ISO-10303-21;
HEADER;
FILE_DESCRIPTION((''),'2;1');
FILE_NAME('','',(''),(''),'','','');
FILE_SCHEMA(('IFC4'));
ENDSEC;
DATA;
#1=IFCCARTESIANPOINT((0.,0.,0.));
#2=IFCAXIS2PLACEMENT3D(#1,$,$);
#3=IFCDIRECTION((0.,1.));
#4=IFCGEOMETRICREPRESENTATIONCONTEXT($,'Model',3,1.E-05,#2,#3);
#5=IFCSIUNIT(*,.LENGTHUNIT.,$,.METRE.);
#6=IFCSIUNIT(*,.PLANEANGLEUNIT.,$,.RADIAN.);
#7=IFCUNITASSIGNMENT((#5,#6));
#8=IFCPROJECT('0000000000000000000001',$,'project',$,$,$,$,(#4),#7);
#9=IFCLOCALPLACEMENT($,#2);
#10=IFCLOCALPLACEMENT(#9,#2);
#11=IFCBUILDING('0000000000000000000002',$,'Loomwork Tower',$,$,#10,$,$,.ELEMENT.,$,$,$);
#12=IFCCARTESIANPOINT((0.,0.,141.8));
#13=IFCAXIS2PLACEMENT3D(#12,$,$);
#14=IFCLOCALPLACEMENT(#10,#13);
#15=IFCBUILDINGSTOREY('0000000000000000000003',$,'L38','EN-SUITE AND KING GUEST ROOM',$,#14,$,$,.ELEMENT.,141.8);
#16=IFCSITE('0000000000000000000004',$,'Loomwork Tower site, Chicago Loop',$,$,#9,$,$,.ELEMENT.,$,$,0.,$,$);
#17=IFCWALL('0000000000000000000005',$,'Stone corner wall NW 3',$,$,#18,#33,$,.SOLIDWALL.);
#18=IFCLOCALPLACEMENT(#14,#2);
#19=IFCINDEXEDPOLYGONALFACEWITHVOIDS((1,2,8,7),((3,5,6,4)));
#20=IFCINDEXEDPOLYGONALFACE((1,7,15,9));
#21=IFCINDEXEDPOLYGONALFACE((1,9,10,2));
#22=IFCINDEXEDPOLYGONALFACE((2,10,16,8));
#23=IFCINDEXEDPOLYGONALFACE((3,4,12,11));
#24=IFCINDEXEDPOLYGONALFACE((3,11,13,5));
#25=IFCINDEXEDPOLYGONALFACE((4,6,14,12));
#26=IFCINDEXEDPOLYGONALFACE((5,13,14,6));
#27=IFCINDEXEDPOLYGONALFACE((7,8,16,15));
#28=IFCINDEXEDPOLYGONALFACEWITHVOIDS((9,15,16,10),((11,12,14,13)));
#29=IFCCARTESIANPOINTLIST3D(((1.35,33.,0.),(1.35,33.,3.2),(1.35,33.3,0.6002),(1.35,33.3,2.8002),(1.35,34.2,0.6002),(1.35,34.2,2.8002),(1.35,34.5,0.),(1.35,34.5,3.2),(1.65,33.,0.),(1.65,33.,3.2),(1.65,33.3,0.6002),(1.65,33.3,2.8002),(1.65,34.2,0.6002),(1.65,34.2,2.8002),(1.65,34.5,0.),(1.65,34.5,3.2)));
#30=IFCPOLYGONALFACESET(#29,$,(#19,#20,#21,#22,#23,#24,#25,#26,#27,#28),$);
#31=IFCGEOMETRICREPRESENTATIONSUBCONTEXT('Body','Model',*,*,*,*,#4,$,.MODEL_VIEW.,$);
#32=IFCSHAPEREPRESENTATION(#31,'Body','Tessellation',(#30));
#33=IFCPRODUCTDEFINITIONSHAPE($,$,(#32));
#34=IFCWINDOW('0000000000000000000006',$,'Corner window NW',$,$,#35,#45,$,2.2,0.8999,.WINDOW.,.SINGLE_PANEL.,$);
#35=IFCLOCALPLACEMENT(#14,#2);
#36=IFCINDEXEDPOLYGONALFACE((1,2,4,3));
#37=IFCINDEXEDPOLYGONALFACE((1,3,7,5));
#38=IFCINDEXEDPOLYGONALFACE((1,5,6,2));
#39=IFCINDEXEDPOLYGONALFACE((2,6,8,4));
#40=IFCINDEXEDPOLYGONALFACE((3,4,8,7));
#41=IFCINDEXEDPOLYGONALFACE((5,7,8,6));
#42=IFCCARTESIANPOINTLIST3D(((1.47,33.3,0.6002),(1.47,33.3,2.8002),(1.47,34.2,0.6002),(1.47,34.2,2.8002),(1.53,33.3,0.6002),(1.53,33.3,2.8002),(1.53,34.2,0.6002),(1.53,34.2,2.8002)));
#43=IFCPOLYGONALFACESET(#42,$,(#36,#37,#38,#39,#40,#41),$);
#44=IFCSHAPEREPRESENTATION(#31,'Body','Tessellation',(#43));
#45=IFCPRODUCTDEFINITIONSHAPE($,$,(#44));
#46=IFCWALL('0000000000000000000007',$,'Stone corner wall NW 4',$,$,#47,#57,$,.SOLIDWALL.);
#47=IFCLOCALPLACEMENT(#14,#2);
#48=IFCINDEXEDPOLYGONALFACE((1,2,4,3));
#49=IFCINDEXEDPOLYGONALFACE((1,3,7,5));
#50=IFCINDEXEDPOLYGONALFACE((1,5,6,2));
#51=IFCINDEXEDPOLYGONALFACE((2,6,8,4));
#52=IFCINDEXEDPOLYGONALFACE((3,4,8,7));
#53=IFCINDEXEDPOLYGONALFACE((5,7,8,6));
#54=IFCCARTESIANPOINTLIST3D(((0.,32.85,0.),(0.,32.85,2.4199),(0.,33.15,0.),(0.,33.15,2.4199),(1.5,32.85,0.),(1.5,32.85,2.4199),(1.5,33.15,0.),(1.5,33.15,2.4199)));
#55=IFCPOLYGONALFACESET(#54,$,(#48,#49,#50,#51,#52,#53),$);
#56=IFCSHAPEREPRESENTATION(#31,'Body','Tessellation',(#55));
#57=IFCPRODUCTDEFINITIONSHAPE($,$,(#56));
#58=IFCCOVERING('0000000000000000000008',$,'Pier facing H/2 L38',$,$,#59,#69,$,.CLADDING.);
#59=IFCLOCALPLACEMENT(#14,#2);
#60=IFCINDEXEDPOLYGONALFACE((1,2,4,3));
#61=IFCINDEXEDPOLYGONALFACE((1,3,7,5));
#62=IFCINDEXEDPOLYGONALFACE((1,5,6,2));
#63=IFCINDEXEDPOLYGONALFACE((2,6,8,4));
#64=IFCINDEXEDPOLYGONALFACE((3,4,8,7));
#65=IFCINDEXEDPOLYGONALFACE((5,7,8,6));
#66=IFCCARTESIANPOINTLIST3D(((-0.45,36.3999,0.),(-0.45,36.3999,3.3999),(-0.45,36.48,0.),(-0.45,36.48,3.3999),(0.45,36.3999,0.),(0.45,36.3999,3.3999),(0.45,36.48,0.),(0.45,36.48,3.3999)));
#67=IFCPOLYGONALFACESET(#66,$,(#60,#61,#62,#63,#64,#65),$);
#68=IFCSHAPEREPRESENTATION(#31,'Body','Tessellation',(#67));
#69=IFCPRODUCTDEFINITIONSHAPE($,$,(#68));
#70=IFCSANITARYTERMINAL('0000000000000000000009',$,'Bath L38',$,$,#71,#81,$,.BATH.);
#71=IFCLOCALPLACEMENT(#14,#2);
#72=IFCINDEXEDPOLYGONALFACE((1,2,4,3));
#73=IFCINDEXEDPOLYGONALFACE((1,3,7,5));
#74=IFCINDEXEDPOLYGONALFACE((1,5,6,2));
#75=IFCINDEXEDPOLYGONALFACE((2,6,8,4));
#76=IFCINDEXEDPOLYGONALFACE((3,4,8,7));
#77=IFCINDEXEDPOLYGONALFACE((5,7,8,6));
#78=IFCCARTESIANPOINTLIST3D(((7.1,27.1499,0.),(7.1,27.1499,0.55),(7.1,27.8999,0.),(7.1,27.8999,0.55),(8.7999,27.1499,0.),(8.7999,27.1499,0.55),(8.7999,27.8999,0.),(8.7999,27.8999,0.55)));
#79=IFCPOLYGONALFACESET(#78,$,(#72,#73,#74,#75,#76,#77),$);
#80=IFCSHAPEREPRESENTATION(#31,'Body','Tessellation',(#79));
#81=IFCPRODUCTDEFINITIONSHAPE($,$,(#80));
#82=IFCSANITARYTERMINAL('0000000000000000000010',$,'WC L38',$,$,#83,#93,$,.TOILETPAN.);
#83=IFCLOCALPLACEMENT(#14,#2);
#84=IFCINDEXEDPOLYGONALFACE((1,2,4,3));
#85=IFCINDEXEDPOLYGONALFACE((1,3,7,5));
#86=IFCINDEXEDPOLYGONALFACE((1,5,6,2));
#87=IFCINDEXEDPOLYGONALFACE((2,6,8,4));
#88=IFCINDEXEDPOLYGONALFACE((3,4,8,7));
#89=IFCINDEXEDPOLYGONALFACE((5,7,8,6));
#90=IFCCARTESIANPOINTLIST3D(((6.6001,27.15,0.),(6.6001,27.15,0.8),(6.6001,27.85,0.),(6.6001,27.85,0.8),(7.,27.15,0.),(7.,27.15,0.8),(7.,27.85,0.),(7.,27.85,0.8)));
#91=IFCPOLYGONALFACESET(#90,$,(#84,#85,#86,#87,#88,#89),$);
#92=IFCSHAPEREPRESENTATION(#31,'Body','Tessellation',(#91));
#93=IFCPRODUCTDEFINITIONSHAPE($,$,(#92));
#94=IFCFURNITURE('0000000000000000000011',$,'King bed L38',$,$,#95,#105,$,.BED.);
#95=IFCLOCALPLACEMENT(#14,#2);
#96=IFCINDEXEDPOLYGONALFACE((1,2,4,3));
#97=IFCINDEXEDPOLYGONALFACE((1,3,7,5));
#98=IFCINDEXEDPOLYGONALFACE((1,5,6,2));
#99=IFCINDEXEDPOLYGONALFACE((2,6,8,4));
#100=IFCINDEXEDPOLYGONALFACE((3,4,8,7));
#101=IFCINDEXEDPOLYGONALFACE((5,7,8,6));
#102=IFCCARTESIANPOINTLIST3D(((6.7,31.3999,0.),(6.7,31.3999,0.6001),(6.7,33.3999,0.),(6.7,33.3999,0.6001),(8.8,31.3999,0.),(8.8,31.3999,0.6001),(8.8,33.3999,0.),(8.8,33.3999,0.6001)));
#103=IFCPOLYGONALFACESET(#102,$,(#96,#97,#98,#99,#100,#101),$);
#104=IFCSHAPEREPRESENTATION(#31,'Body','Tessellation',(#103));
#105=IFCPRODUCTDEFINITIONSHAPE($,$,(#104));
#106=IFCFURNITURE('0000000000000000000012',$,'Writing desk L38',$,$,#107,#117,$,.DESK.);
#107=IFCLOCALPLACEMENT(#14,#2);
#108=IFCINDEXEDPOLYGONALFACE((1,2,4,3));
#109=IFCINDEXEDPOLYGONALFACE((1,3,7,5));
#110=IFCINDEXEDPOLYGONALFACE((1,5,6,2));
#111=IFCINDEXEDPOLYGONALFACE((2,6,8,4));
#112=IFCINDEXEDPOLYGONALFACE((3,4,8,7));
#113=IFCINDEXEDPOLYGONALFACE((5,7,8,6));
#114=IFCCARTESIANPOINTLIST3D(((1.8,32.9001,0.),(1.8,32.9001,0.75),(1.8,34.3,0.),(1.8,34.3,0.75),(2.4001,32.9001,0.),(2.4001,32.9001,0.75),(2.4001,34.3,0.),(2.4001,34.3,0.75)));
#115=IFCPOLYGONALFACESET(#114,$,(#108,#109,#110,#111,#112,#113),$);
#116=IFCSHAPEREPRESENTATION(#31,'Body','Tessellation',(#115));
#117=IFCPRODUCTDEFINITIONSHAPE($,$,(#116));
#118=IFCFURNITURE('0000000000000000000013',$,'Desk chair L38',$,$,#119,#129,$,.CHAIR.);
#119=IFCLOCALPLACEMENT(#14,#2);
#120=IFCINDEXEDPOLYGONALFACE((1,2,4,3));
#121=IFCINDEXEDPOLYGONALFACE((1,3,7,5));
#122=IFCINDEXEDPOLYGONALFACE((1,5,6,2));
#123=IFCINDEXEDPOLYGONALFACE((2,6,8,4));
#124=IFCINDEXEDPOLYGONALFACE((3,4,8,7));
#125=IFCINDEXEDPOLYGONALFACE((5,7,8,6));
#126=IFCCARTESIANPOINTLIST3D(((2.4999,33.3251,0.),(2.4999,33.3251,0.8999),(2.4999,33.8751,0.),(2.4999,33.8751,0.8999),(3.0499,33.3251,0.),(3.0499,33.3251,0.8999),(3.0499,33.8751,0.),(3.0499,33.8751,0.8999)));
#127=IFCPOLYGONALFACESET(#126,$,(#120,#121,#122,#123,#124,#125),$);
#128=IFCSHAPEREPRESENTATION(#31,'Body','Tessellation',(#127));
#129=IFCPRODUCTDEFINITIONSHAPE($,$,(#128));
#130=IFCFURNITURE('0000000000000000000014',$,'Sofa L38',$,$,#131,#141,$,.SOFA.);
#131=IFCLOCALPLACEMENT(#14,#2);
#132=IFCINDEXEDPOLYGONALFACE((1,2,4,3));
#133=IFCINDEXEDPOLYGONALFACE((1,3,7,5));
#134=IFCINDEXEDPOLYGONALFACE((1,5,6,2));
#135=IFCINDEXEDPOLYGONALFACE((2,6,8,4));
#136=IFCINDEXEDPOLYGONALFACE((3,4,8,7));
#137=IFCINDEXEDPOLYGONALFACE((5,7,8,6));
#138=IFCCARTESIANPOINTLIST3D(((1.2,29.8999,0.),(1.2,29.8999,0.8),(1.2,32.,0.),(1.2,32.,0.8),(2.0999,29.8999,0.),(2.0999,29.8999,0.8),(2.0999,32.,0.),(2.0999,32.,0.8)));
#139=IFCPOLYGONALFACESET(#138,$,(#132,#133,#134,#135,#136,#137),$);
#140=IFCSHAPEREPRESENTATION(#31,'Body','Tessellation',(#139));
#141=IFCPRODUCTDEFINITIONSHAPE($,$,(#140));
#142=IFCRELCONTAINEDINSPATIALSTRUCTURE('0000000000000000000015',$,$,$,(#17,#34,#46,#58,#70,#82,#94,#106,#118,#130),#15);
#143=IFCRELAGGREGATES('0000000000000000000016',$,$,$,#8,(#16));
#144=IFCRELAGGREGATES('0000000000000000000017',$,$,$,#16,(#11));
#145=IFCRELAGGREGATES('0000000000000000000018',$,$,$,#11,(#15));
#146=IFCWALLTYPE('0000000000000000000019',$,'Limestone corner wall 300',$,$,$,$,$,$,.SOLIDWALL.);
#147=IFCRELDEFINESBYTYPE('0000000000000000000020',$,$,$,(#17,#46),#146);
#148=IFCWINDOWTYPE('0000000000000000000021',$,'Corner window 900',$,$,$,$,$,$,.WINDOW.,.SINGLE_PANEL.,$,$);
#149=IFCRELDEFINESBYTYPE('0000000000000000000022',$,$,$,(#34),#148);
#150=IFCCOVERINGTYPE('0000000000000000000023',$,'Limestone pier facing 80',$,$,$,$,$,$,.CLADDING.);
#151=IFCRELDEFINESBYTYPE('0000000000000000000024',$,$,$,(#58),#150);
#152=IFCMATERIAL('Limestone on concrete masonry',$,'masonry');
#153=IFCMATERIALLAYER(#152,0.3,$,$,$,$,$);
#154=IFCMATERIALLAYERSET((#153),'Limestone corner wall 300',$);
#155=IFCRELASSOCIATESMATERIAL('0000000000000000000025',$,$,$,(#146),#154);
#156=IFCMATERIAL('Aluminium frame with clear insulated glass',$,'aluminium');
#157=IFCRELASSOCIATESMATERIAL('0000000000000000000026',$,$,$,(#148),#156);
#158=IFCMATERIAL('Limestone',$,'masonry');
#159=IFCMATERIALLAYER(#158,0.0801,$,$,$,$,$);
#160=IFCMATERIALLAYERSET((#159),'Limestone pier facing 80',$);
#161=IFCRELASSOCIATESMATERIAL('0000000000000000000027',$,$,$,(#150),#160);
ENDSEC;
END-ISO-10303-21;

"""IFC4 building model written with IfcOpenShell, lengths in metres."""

from ifc_helpers import new_model, si_unit, direction, frame, frame_2d, origin, origin_2d, place, context, subcontext, project, spatial, rectangle, extrude, material, layer, layer_set, type_object, element, fill, save


model = new_model("IFC4")

# Units and contexts
model_context = context("Model", 3, precision=1e-05, world=origin(), true_north=direction((0.0, 1.0)))
body_context = subcontext(model_context, "Body", "Model", "MODEL_VIEW")
ifc_project = project(units=[si_unit("LENGTHUNIT", "METRE"), si_unit("PLANEANGLEUNIT", "RADIAN")], contexts=[model_context])

# Site, building, storey
site_placement = place(None, origin())
site = spatial("IfcSite", under=ifc_project, at=site_placement, Name="Loomwork Tower site, Chicago Loop", CompositionType="ELEMENT", RefElevation=0.0)
building_placement = place(site_placement, origin())
building = spatial("IfcBuilding", under=site, at=building_placement, Name="Loomwork Tower", CompositionType="ELEMENT")
storey_placement = place(building_placement, frame((0.0, 0.0, 141.8)))
storey = spatial("IfcBuildingStorey", under=building, at=storey_placement, Name="L38", Description="EN-SUITE AND KING GUEST ROOM", CompositionType="ELEMENT", Elevation=141.8)

# Shared definitions
ifc_material_1 = material(Name="Limestone on concrete masonry", Category="masonry")
ifc_layer_1 = layer(ifc_material_1, 0.3)
ifc_layer_set_1 = layer_set([ifc_layer_1], Name="Limestone corner wall 300")
wall_type_1 = type_object("IfcWallType", Name="Limestone corner wall 300", PredefinedType="SOLIDWALL", material=ifc_layer_set_1)

# Wall, opening, window
ifc_material_2 = material(Name="Aluminium frame with clear insulated glass", Category="aluminium")
window_type_1 = type_object("IfcWindowType", Name="Corner window 900", PartitioningType="SINGLE_PANEL", PredefinedType="WINDOW", material=ifc_material_2)
wall_1_placement = place(storey_placement, frame((1.5, 34.5, 0.0), z_axis=(0.0, 0.0, 1.0), x_axis=(0.0, -1.0, 0.0)))
wall_1 = element("IfcWall", 1, at=wall_1_placement, inside=storey, type_object=wall_type_1, Name="Stone corner wall NW 3", PredefinedType="SOLIDWALL", context=body_context, shape_type="SweptSolid", body=[
    extrude(rectangle(XDim=1.5, YDim=0.3, at=frame_2d((0.75, 0.0))), origin(), (0.0, 0.0, 1.0), 3.2),
])
opening_1_placement = place(wall_1_placement, frame((0.3, 0.0, 0.6001)))
opening_1 = element("IfcOpeningElement", 2, at=opening_1_placement, cuts=wall_1, PredefinedType="OPENING", context=body_context, shape_type="SweptSolid", body=[
    extrude(rectangle(XDim=0.8999, YDim=2.2, at=frame_2d((0.45, 1.1001))), frame((0.0, 0.1599, 0.0), z_axis=(0.0, -1.0, 0.0), x_axis=(1.0, 0.0, 0.0)), (0.0, 0.0, 1.0), 0.3201),
])
window_1_placement = place(opening_1_placement, origin())
window_1 = element("IfcWindow", 3, at=window_1_placement, inside=storey, type_object=window_type_1, Name="Corner window NW", OverallHeight=2.2, OverallWidth=0.8999, PartitioningType="SINGLE_PANEL", PredefinedType="WINDOW", context=body_context, shape_type="SweptSolid", body=[
    extrude(rectangle(XDim=0.8999, YDim=2.2, at=frame_2d((0.45, 1.1001))), frame((0.0, 0.03, 0.0), z_axis=(0.0, -1.0, 0.0), x_axis=(1.0, 0.0, 0.0)), (0.0, 0.0, 1.0), 0.0601),
])
fill(opening_1, window_1)

# Wall
wall_2_placement = place(storey_placement, frame((1.5, 33.0, 0.0), z_axis=(0.0, 0.0, 1.0), x_axis=(-1.0, 0.0, 0.0)))
element("IfcWall", 4, at=wall_2_placement, inside=storey, type_object=wall_type_1, Name="Stone corner wall NW 4", PredefinedType="SOLIDWALL", context=body_context, shape_type="SweptSolid", body=[
    extrude(rectangle(XDim=1.5, YDim=0.3, at=frame_2d((0.75, 0.0))), origin(), (0.0, 0.0, 1.0), 2.4199),
])

# Covering
ifc_material_3 = material(Name="Limestone", Category="masonry")
ifc_layer_2 = layer(ifc_material_3, 0.0801)
ifc_layer_set_2 = layer_set([ifc_layer_2], Name="Limestone pier facing 80")
covering_type = type_object("IfcCoveringType", Name="Limestone pier facing 80", PredefinedType="CLADDING", material=ifc_layer_set_2)
covering_placement = place(storey_placement, frame((0.0, 36.4399, 0.0), z_axis=(0.0, 0.0, 1.0), x_axis=(1.0, 0.0, 0.0)))
element("IfcCovering", 5, at=covering_placement, inside=storey, type_object=covering_type, Name="Pier facing H/2 L38", PredefinedType="CLADDING", context=body_context, shape_type="SweptSolid", body=[
    extrude(rectangle(XDim=0.8999, YDim=0.0801, at=origin_2d()), origin(), (0.0, 0.0, 1.0), 3.3999),
])

# Sanitary terminals
sanitary_terminal_1_placement = place(storey_placement, frame((7.95, 27.5249, 0.0), z_axis=(0.0, 0.0, 1.0), x_axis=(1.0, 0.0, 0.0)))
element("IfcSanitaryTerminal", 6, at=sanitary_terminal_1_placement, inside=storey, Name="Bath L38", PredefinedType="BATH", context=body_context, shape_type="SweptSolid", body=[
    extrude(rectangle(XDim=1.7, YDim=0.75, at=origin_2d()), origin(), (0.0, 0.0, 1.0), 0.55),
])
sanitary_terminal_2_placement = place(storey_placement, frame((6.8, 27.5, 0.0), z_axis=(0.0, 0.0, 1.0), x_axis=(1.0, 0.0, 0.0)))
element("IfcSanitaryTerminal", 7, at=sanitary_terminal_2_placement, inside=storey, Name="WC L38", PredefinedType="TOILETPAN", context=body_context, shape_type="SweptSolid", body=[
    extrude(rectangle(XDim=0.3999, YDim=0.7, at=origin_2d()), origin(), (0.0, 0.0, 1.0), 0.8),
])

# Furniture
furniture_1_placement = place(storey_placement, frame((7.75, 32.3999, 0.0), z_axis=(0.0, 0.0, 1.0), x_axis=(1.0, 0.0, 0.0)))
element("IfcFurniture", 8, at=furniture_1_placement, inside=storey, Name="King bed L38", PredefinedType="BED", context=body_context, shape_type="SweptSolid", body=[
    extrude(rectangle(XDim=2.1001, YDim=2.0, at=origin_2d()), origin(), (0.0, 0.0, 1.0), 0.6001),
])
furniture_2_placement = place(storey_placement, frame((2.1001, 33.6001, 0.0), z_axis=(0.0, 0.0, 1.0), x_axis=(1.0, 0.0, 0.0)))
element("IfcFurniture", 9, at=furniture_2_placement, inside=storey, Name="Writing desk L38", PredefinedType="DESK", context=body_context, shape_type="SweptSolid", body=[
    extrude(rectangle(XDim=0.6001, YDim=1.3999, at=origin_2d()), origin(), (0.0, 0.0, 1.0), 0.75),
])
furniture_3_placement = place(storey_placement, frame((2.7749, 33.6001, 0.0), z_axis=(0.0, 0.0, 1.0), x_axis=(1.0, 0.0, 0.0)))
element("IfcFurniture", 10, at=furniture_3_placement, inside=storey, Name="Desk chair L38", PredefinedType="CHAIR", context=body_context, shape_type="SweptSolid", body=[
    extrude(rectangle(XDim=0.55, YDim=0.55, at=origin_2d()), origin(), (0.0, 0.0, 1.0), 0.8999),
])
furniture_4_placement = place(storey_placement, frame((1.6499, 30.95, 0.0), z_axis=(0.0, 0.0, 1.0), x_axis=(1.0, 0.0, 0.0)))
element("IfcFurniture", 11, at=furniture_4_placement, inside=storey, Name="Sofa L38", PredefinedType="SOFA", context=body_context, shape_type="SweptSolid", body=[
    extrude(rectangle(XDim=0.8999, YDim=2.1001, at=origin_2d()), origin(), (0.0, 0.0, 1.0), 0.8),
])

save(model, "model.ifc")
